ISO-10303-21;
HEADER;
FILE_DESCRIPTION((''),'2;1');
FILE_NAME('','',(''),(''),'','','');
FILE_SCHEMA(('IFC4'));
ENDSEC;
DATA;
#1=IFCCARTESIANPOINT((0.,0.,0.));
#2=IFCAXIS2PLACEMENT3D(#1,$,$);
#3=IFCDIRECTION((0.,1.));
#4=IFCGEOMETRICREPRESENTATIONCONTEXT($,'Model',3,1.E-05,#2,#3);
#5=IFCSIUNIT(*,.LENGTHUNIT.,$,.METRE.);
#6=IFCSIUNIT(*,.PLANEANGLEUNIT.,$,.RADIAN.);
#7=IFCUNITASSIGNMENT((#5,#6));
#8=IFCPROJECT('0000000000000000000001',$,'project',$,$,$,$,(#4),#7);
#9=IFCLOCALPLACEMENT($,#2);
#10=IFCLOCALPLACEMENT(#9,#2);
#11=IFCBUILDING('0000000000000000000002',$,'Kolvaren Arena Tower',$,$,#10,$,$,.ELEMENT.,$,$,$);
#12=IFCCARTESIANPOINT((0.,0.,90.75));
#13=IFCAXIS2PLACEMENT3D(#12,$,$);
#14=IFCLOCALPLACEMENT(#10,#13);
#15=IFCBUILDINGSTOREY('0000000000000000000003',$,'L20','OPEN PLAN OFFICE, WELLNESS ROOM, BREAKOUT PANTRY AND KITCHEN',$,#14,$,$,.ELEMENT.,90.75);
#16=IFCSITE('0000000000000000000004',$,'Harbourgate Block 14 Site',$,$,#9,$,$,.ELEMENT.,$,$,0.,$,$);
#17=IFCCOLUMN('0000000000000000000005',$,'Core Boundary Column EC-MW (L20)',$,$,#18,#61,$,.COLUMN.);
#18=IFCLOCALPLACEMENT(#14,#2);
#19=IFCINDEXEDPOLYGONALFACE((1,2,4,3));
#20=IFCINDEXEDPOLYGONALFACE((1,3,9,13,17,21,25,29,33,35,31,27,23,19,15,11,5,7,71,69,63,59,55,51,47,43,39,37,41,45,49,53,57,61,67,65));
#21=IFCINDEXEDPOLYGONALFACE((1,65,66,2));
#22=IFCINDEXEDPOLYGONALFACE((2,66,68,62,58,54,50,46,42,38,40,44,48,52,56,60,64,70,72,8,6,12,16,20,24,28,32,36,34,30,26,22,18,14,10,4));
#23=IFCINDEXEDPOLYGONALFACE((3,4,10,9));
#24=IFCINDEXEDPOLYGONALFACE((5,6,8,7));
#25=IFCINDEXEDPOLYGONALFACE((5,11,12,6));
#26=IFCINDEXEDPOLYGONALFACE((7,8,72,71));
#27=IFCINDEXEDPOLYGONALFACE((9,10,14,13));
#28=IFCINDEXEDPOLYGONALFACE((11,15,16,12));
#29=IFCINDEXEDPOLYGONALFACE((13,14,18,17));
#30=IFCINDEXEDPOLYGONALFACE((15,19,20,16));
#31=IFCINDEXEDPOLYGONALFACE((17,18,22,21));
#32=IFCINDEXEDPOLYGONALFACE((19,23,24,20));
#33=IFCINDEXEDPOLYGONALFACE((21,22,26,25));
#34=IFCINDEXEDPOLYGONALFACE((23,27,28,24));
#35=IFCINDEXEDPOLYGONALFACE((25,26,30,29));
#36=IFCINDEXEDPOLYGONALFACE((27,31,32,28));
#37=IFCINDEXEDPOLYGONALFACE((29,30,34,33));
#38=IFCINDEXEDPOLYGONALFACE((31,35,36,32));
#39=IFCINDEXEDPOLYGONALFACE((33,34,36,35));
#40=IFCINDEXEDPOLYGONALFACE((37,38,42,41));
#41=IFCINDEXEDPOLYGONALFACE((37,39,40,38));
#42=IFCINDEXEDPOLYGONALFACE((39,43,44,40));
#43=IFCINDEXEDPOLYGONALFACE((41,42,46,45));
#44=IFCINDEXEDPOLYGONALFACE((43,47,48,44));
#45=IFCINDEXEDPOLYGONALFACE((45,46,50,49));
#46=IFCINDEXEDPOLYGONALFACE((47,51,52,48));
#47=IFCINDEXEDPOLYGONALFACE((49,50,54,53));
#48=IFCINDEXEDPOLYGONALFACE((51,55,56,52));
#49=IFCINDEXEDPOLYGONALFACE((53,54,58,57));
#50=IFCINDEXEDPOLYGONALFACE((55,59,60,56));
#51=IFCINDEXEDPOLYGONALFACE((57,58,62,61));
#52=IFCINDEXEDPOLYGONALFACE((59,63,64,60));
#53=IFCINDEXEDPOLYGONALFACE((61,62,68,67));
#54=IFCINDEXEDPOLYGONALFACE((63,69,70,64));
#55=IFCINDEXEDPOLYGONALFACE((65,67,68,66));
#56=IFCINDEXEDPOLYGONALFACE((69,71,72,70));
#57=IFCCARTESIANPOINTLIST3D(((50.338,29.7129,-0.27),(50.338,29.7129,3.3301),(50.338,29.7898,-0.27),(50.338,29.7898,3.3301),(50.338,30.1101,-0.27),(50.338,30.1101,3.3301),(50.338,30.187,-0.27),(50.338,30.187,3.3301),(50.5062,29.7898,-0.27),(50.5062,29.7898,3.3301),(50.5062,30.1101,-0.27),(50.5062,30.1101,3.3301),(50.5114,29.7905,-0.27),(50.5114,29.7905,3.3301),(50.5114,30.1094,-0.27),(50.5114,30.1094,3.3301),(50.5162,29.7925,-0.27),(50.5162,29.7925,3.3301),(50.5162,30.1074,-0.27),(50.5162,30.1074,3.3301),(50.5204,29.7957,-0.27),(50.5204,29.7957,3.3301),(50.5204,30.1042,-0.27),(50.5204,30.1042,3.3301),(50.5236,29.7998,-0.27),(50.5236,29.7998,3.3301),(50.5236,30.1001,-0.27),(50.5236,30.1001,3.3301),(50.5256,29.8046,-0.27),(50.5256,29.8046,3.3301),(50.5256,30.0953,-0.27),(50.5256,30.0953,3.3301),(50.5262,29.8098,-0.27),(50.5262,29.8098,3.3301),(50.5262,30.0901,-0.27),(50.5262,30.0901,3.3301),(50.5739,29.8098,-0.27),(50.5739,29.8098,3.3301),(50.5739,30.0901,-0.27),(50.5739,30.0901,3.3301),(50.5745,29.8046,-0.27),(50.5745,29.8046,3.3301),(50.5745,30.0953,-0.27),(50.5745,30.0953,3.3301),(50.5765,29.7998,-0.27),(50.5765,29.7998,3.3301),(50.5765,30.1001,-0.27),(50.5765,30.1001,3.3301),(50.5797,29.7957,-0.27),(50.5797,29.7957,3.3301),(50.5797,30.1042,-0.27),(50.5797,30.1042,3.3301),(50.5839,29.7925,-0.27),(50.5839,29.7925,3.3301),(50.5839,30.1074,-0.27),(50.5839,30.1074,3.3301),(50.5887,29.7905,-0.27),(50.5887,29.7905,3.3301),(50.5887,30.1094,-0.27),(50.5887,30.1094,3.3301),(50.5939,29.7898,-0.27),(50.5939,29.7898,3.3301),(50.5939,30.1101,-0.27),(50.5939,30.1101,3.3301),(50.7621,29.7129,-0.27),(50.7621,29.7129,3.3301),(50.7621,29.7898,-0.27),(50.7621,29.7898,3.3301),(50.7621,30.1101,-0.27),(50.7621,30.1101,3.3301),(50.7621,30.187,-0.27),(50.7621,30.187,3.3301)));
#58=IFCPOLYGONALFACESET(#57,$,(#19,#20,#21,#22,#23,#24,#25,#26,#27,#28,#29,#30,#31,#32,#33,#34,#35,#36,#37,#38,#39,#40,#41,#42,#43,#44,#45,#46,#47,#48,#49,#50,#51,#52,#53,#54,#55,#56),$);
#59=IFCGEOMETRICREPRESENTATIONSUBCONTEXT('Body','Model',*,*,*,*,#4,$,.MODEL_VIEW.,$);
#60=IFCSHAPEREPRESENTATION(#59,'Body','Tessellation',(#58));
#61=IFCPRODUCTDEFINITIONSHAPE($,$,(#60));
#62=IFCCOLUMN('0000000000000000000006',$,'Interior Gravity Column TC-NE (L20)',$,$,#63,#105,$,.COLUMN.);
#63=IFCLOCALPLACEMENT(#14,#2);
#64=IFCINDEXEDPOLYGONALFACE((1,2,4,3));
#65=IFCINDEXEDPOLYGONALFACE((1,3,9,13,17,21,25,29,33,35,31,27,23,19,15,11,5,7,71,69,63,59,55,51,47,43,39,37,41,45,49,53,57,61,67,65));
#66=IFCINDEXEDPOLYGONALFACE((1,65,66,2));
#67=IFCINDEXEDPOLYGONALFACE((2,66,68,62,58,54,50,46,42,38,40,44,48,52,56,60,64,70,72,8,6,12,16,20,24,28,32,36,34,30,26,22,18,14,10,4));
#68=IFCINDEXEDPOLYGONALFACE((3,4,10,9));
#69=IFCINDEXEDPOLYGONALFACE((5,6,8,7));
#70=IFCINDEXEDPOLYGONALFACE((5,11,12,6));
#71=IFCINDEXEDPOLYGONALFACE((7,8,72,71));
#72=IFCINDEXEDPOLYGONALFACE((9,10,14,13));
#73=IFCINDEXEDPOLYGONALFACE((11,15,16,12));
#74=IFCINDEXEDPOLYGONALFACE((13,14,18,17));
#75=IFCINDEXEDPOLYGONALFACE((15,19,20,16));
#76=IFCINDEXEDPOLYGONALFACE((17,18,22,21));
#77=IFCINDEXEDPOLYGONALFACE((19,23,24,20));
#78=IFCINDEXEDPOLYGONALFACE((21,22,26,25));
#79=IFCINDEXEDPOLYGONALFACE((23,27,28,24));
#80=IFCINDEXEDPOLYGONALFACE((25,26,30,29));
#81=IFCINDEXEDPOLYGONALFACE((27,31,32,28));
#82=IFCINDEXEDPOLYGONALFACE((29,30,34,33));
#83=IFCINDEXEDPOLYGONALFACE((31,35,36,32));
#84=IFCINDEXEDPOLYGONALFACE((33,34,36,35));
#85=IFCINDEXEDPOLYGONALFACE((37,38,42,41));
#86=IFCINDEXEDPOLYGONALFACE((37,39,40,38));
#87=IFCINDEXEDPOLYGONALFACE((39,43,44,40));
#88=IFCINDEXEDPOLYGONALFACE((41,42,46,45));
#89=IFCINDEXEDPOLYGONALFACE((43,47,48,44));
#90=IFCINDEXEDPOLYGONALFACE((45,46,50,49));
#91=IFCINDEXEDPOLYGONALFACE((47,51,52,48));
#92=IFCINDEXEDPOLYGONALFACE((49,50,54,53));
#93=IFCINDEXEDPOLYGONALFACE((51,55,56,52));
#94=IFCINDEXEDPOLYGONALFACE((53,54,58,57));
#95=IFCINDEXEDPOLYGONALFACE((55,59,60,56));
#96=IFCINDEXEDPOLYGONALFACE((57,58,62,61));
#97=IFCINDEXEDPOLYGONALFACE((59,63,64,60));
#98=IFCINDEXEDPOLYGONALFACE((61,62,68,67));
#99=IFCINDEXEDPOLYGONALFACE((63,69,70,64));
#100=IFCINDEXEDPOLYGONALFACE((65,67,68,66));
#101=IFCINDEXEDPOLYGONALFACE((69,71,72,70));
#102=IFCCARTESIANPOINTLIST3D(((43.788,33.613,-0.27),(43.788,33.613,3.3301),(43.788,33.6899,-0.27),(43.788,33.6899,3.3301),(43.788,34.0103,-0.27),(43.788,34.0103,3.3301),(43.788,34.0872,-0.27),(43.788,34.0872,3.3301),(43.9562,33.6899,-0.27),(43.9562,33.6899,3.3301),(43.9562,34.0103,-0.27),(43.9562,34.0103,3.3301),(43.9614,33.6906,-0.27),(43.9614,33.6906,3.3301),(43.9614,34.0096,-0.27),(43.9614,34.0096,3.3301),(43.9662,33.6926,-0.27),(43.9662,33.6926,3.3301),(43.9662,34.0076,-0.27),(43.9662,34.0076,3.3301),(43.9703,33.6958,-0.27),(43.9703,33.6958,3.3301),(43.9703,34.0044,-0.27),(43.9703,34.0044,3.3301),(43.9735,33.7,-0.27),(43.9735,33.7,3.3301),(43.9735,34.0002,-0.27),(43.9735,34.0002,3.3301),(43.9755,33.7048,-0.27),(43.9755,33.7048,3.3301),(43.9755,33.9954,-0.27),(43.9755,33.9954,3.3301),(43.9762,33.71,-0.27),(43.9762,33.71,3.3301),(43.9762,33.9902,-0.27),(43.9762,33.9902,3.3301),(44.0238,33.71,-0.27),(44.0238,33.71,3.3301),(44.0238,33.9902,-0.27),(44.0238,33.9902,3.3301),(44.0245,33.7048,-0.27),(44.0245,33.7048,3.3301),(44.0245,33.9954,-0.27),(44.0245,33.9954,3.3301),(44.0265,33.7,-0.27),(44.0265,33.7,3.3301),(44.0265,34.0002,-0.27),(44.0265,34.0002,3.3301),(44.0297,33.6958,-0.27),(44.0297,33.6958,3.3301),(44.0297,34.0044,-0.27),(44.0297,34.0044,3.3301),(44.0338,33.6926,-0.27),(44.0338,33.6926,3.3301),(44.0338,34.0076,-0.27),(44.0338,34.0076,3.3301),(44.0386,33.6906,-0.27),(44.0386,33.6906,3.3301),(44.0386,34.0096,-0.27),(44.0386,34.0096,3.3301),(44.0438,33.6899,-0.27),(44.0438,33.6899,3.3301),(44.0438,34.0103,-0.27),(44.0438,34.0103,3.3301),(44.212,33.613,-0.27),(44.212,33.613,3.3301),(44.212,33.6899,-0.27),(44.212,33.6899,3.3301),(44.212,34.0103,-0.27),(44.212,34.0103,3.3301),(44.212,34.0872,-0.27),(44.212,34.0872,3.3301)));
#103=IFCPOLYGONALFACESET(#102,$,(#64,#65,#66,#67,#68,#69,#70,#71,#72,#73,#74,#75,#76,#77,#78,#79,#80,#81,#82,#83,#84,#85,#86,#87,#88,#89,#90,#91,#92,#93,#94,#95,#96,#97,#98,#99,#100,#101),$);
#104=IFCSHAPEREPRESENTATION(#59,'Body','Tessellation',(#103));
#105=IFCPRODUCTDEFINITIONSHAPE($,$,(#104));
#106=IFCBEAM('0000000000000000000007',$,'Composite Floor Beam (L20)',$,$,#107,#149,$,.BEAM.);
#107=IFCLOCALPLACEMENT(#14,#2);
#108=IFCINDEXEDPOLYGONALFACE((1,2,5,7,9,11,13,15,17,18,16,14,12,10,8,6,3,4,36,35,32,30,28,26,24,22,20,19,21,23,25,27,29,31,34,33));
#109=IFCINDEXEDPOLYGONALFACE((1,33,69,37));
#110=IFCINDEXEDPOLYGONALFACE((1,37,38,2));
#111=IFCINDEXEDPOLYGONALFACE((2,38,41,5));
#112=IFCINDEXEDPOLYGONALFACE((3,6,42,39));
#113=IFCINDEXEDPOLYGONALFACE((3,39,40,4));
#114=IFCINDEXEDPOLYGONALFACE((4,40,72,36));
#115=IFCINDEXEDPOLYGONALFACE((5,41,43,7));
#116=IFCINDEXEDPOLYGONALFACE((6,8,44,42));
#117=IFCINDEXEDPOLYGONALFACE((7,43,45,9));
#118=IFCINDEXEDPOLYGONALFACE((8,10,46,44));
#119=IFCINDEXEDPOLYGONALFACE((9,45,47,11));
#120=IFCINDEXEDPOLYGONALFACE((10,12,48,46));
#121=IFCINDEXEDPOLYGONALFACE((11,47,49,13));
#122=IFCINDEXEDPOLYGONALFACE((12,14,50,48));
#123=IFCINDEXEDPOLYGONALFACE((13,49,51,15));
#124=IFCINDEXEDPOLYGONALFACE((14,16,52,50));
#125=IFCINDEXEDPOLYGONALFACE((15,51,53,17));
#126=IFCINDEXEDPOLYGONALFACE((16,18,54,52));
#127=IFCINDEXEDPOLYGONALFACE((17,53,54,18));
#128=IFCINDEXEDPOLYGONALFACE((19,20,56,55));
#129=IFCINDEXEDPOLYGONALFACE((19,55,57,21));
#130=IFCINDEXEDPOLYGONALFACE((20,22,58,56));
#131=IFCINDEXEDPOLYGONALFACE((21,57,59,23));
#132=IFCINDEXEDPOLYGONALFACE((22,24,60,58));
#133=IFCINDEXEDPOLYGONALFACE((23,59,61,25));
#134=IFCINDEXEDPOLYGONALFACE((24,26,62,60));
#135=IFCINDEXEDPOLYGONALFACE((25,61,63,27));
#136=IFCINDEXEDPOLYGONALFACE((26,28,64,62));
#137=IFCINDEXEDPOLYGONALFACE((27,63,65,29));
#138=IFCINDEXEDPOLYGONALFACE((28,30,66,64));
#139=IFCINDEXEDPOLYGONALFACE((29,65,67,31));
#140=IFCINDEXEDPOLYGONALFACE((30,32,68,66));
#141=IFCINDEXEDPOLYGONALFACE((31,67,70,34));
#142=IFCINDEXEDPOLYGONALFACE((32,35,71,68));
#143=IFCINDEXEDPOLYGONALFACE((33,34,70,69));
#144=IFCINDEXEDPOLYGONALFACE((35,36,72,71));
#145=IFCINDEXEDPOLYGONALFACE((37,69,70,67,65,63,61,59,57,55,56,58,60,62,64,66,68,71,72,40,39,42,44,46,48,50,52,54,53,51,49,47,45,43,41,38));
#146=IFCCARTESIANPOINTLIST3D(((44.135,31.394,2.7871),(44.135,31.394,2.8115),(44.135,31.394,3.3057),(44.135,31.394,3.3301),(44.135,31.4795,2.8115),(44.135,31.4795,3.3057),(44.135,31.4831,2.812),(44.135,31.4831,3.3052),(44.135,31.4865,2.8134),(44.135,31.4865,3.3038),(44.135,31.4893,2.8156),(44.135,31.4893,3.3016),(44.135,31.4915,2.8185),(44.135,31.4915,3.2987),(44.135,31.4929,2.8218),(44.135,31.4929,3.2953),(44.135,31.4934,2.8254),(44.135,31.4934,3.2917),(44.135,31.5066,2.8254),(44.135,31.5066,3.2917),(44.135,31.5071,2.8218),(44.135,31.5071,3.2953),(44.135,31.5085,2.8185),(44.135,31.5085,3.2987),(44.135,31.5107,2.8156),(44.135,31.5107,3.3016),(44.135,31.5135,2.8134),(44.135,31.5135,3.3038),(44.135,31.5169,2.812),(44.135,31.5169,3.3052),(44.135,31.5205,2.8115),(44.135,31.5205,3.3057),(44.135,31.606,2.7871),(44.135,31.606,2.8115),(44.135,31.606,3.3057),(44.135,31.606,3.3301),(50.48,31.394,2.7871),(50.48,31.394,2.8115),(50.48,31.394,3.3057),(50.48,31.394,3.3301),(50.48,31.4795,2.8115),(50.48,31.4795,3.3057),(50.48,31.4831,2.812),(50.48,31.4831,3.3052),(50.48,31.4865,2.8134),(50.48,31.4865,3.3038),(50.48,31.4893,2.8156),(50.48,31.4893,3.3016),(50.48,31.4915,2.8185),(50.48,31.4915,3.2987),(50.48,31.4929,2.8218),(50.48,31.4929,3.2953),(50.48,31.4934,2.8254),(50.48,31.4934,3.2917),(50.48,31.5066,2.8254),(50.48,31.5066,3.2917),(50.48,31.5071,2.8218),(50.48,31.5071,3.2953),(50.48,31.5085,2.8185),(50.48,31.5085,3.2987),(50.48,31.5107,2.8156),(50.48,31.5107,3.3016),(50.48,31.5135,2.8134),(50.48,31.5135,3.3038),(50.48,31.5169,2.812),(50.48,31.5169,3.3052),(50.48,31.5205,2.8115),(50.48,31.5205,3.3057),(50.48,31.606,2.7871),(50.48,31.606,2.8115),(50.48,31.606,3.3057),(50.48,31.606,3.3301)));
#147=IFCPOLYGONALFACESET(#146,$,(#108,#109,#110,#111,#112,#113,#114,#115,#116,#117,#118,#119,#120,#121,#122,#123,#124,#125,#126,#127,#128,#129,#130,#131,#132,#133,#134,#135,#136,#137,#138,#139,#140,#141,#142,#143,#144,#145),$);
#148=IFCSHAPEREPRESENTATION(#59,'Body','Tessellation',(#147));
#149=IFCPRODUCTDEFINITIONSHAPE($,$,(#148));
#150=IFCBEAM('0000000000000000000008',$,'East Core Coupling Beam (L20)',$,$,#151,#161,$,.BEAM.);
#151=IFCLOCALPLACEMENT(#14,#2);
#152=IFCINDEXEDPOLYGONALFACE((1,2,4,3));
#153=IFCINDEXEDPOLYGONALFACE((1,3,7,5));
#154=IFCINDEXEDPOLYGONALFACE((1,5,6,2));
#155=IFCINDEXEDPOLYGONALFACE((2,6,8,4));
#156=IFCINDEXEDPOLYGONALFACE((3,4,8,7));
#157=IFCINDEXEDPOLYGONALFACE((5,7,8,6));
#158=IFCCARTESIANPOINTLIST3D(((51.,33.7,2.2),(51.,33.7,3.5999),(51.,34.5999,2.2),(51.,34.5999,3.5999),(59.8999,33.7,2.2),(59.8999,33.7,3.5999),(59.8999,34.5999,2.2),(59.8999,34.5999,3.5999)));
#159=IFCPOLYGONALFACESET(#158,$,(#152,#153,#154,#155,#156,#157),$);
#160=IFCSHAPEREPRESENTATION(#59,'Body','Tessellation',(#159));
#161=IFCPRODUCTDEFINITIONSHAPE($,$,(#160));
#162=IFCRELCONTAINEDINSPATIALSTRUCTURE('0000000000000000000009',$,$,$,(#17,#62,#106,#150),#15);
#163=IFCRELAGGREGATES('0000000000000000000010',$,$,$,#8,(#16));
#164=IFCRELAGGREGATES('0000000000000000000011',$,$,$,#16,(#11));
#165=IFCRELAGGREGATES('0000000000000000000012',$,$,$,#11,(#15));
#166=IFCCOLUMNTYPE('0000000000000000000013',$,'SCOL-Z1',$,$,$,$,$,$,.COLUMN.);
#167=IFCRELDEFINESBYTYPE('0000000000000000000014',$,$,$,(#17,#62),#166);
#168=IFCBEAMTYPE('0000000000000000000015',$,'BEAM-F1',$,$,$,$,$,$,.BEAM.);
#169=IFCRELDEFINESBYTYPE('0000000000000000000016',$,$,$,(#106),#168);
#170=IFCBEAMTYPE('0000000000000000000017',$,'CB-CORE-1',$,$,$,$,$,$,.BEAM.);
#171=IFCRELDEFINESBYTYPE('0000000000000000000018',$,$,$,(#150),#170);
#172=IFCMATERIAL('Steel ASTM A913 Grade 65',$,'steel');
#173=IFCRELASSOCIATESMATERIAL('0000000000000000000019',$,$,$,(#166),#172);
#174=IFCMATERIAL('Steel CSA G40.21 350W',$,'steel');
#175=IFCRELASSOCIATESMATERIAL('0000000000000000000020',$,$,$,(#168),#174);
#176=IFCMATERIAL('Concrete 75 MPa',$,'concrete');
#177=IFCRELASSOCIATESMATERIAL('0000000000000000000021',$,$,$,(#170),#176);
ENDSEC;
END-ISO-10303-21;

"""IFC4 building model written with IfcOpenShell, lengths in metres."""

from ifc_helpers import new_model, si_unit, direction, frame, origin, origin_2d, place, context, subcontext, project, spatial, rectangle, i_section, extrude, material, material_profile, profile_set, type_object, element, save


model = new_model("IFC4")

# Units and contexts
model_context = context("Model", 3, precision=1e-05, world=origin(), true_north=direction((0.0, 1.0)))
body_context = subcontext(model_context, "Body", "Model", "MODEL_VIEW")
ifc_project = project(units=[si_unit("LENGTHUNIT", "METRE"), si_unit("PLANEANGLEUNIT", "RADIAN")], contexts=[model_context])

# Site, building, storey
site_placement = place(None, origin())
site = spatial("IfcSite", under=ifc_project, at=site_placement, Name="Harbourgate Block 14 Site", CompositionType="ELEMENT", RefElevation=0.0)
building_placement = place(site_placement, origin())
building = spatial("IfcBuilding", under=site, at=building_placement, Name="Kolvaren Arena Tower", CompositionType="ELEMENT")
storey_placement = place(building_placement, frame((0.0, 0.0, 90.75)))
storey = spatial("IfcBuildingStorey", under=building, at=storey_placement, Name="L20", Description="OPEN PLAN OFFICE, WELLNESS ROOM, BREAKOUT PANTRY AND KITCHEN", CompositionType="ELEMENT", Elevation=90.75)

# Columns
ifc_material_1 = material(Name="Steel ASTM A913 Grade 65", Category="steel")
ifc_material_profile_1 = material_profile(ifc_material_1, i_section(OverallWidth=0.4241, OverallDepth=0.4741, WebThickness=0.0476, FlangeThickness=0.0769, FilletRadius=0.02, at=origin_2d()), Name="W360x634")
ifc_profile_set_1 = profile_set([ifc_material_profile_1], Name="Steel ASTM A913 Grade 65")
column_type = type_object("IfcColumnType", Name="SCOL-Z1", PredefinedType="COLUMN", material=ifc_profile_set_1)
for number, where, z_axis, x_axis, name in (
    (1, (50.55, 29.95, -0.27), (0.0, 0.0, 1.0), (1.0, 0.0, 0.0), "Core Boundary Column EC-MW (L20)"),
    (2, (44.0, 33.8501, -0.27), (0.0, 0.0, 1.0), (1.0, 0.0, 0.0), "Interior Gravity Column TC-NE (L20)"),
):
    element("IfcColumn", number, at=place(storey_placement, frame(where, z_axis=z_axis, x_axis=x_axis)), inside=storey, type_object=column_type, Name=name, PredefinedType="COLUMN", context=body_context, shape_type="SweptSolid", body=[
        extrude(i_section(OverallWidth=0.4241, OverallDepth=0.4741, WebThickness=0.0476, FlangeThickness=0.0769, FilletRadius=0.02, at=origin_2d()), origin(), (0.0, 0.0, 1.0), 3.6001),
    ])

# Beams
ifc_material_2 = material(Name="Steel CSA G40.21 350W", Category="steel")
ifc_material_profile_2 = material_profile(ifc_material_2, i_section(OverallWidth=0.2119, OverallDepth=0.543, WebThickness=0.0132, FlangeThickness=0.0244, FilletRadius=0.0139, at=origin_2d()), Name="W530x150")
ifc_profile_set_2 = profile_set([ifc_material_profile_2], Name="Steel CSA G40.21 350W")
beam_type_1 = type_object("IfcBeamType", Name="BEAM-F1", PredefinedType="BEAM", material=ifc_profile_set_2)
beam_1_placement = place(storey_placement, frame((44.135, 31.5, 3.0586), z_axis=(1.0, 0.0, 0.0), x_axis=(0.0, 1.0, 0.0)))
element("IfcBeam", 3, at=beam_1_placement, inside=storey, type_object=beam_type_1, Name="Composite Floor Beam (L20)", PredefinedType="BEAM", context=body_context, shape_type="SweptSolid", body=[
    extrude(i_section(OverallWidth=0.2119, OverallDepth=0.543, WebThickness=0.0132, FlangeThickness=0.0244, FilletRadius=0.0139, at=origin_2d()), origin(), (0.0, 0.0, 1.0), 6.345),
])
ifc_material_3 = material(Name="Concrete 75 MPa", Category="concrete")
ifc_material_profile_3 = material_profile(ifc_material_3, rectangle(XDim=0.8999, YDim=1.3999, at=origin_2d()), Name="RC-900x1400")
ifc_profile_set_3 = profile_set([ifc_material_profile_3], Name="Concrete 75 MPa")
beam_type_2 = type_object("IfcBeamType", Name="CB-CORE-1", PredefinedType="BEAM", material=ifc_profile_set_3)
beam_2_placement = place(storey_placement, frame((51.0, 34.1499, 2.8999), z_axis=(1.0, 0.0, 0.0), x_axis=(0.0, 1.0, 0.0)))
element("IfcBeam", 4, at=beam_2_placement, inside=storey, type_object=beam_type_2, Name="East Core Coupling Beam (L20)", PredefinedType="BEAM", context=body_context, shape_type="SweptSolid", body=[
    extrude(rectangle(XDim=0.8999, YDim=1.3999, at=origin_2d()), origin(), (0.0, 0.0, 1.0), 8.8999),
])

save(model, "model.ifc")
